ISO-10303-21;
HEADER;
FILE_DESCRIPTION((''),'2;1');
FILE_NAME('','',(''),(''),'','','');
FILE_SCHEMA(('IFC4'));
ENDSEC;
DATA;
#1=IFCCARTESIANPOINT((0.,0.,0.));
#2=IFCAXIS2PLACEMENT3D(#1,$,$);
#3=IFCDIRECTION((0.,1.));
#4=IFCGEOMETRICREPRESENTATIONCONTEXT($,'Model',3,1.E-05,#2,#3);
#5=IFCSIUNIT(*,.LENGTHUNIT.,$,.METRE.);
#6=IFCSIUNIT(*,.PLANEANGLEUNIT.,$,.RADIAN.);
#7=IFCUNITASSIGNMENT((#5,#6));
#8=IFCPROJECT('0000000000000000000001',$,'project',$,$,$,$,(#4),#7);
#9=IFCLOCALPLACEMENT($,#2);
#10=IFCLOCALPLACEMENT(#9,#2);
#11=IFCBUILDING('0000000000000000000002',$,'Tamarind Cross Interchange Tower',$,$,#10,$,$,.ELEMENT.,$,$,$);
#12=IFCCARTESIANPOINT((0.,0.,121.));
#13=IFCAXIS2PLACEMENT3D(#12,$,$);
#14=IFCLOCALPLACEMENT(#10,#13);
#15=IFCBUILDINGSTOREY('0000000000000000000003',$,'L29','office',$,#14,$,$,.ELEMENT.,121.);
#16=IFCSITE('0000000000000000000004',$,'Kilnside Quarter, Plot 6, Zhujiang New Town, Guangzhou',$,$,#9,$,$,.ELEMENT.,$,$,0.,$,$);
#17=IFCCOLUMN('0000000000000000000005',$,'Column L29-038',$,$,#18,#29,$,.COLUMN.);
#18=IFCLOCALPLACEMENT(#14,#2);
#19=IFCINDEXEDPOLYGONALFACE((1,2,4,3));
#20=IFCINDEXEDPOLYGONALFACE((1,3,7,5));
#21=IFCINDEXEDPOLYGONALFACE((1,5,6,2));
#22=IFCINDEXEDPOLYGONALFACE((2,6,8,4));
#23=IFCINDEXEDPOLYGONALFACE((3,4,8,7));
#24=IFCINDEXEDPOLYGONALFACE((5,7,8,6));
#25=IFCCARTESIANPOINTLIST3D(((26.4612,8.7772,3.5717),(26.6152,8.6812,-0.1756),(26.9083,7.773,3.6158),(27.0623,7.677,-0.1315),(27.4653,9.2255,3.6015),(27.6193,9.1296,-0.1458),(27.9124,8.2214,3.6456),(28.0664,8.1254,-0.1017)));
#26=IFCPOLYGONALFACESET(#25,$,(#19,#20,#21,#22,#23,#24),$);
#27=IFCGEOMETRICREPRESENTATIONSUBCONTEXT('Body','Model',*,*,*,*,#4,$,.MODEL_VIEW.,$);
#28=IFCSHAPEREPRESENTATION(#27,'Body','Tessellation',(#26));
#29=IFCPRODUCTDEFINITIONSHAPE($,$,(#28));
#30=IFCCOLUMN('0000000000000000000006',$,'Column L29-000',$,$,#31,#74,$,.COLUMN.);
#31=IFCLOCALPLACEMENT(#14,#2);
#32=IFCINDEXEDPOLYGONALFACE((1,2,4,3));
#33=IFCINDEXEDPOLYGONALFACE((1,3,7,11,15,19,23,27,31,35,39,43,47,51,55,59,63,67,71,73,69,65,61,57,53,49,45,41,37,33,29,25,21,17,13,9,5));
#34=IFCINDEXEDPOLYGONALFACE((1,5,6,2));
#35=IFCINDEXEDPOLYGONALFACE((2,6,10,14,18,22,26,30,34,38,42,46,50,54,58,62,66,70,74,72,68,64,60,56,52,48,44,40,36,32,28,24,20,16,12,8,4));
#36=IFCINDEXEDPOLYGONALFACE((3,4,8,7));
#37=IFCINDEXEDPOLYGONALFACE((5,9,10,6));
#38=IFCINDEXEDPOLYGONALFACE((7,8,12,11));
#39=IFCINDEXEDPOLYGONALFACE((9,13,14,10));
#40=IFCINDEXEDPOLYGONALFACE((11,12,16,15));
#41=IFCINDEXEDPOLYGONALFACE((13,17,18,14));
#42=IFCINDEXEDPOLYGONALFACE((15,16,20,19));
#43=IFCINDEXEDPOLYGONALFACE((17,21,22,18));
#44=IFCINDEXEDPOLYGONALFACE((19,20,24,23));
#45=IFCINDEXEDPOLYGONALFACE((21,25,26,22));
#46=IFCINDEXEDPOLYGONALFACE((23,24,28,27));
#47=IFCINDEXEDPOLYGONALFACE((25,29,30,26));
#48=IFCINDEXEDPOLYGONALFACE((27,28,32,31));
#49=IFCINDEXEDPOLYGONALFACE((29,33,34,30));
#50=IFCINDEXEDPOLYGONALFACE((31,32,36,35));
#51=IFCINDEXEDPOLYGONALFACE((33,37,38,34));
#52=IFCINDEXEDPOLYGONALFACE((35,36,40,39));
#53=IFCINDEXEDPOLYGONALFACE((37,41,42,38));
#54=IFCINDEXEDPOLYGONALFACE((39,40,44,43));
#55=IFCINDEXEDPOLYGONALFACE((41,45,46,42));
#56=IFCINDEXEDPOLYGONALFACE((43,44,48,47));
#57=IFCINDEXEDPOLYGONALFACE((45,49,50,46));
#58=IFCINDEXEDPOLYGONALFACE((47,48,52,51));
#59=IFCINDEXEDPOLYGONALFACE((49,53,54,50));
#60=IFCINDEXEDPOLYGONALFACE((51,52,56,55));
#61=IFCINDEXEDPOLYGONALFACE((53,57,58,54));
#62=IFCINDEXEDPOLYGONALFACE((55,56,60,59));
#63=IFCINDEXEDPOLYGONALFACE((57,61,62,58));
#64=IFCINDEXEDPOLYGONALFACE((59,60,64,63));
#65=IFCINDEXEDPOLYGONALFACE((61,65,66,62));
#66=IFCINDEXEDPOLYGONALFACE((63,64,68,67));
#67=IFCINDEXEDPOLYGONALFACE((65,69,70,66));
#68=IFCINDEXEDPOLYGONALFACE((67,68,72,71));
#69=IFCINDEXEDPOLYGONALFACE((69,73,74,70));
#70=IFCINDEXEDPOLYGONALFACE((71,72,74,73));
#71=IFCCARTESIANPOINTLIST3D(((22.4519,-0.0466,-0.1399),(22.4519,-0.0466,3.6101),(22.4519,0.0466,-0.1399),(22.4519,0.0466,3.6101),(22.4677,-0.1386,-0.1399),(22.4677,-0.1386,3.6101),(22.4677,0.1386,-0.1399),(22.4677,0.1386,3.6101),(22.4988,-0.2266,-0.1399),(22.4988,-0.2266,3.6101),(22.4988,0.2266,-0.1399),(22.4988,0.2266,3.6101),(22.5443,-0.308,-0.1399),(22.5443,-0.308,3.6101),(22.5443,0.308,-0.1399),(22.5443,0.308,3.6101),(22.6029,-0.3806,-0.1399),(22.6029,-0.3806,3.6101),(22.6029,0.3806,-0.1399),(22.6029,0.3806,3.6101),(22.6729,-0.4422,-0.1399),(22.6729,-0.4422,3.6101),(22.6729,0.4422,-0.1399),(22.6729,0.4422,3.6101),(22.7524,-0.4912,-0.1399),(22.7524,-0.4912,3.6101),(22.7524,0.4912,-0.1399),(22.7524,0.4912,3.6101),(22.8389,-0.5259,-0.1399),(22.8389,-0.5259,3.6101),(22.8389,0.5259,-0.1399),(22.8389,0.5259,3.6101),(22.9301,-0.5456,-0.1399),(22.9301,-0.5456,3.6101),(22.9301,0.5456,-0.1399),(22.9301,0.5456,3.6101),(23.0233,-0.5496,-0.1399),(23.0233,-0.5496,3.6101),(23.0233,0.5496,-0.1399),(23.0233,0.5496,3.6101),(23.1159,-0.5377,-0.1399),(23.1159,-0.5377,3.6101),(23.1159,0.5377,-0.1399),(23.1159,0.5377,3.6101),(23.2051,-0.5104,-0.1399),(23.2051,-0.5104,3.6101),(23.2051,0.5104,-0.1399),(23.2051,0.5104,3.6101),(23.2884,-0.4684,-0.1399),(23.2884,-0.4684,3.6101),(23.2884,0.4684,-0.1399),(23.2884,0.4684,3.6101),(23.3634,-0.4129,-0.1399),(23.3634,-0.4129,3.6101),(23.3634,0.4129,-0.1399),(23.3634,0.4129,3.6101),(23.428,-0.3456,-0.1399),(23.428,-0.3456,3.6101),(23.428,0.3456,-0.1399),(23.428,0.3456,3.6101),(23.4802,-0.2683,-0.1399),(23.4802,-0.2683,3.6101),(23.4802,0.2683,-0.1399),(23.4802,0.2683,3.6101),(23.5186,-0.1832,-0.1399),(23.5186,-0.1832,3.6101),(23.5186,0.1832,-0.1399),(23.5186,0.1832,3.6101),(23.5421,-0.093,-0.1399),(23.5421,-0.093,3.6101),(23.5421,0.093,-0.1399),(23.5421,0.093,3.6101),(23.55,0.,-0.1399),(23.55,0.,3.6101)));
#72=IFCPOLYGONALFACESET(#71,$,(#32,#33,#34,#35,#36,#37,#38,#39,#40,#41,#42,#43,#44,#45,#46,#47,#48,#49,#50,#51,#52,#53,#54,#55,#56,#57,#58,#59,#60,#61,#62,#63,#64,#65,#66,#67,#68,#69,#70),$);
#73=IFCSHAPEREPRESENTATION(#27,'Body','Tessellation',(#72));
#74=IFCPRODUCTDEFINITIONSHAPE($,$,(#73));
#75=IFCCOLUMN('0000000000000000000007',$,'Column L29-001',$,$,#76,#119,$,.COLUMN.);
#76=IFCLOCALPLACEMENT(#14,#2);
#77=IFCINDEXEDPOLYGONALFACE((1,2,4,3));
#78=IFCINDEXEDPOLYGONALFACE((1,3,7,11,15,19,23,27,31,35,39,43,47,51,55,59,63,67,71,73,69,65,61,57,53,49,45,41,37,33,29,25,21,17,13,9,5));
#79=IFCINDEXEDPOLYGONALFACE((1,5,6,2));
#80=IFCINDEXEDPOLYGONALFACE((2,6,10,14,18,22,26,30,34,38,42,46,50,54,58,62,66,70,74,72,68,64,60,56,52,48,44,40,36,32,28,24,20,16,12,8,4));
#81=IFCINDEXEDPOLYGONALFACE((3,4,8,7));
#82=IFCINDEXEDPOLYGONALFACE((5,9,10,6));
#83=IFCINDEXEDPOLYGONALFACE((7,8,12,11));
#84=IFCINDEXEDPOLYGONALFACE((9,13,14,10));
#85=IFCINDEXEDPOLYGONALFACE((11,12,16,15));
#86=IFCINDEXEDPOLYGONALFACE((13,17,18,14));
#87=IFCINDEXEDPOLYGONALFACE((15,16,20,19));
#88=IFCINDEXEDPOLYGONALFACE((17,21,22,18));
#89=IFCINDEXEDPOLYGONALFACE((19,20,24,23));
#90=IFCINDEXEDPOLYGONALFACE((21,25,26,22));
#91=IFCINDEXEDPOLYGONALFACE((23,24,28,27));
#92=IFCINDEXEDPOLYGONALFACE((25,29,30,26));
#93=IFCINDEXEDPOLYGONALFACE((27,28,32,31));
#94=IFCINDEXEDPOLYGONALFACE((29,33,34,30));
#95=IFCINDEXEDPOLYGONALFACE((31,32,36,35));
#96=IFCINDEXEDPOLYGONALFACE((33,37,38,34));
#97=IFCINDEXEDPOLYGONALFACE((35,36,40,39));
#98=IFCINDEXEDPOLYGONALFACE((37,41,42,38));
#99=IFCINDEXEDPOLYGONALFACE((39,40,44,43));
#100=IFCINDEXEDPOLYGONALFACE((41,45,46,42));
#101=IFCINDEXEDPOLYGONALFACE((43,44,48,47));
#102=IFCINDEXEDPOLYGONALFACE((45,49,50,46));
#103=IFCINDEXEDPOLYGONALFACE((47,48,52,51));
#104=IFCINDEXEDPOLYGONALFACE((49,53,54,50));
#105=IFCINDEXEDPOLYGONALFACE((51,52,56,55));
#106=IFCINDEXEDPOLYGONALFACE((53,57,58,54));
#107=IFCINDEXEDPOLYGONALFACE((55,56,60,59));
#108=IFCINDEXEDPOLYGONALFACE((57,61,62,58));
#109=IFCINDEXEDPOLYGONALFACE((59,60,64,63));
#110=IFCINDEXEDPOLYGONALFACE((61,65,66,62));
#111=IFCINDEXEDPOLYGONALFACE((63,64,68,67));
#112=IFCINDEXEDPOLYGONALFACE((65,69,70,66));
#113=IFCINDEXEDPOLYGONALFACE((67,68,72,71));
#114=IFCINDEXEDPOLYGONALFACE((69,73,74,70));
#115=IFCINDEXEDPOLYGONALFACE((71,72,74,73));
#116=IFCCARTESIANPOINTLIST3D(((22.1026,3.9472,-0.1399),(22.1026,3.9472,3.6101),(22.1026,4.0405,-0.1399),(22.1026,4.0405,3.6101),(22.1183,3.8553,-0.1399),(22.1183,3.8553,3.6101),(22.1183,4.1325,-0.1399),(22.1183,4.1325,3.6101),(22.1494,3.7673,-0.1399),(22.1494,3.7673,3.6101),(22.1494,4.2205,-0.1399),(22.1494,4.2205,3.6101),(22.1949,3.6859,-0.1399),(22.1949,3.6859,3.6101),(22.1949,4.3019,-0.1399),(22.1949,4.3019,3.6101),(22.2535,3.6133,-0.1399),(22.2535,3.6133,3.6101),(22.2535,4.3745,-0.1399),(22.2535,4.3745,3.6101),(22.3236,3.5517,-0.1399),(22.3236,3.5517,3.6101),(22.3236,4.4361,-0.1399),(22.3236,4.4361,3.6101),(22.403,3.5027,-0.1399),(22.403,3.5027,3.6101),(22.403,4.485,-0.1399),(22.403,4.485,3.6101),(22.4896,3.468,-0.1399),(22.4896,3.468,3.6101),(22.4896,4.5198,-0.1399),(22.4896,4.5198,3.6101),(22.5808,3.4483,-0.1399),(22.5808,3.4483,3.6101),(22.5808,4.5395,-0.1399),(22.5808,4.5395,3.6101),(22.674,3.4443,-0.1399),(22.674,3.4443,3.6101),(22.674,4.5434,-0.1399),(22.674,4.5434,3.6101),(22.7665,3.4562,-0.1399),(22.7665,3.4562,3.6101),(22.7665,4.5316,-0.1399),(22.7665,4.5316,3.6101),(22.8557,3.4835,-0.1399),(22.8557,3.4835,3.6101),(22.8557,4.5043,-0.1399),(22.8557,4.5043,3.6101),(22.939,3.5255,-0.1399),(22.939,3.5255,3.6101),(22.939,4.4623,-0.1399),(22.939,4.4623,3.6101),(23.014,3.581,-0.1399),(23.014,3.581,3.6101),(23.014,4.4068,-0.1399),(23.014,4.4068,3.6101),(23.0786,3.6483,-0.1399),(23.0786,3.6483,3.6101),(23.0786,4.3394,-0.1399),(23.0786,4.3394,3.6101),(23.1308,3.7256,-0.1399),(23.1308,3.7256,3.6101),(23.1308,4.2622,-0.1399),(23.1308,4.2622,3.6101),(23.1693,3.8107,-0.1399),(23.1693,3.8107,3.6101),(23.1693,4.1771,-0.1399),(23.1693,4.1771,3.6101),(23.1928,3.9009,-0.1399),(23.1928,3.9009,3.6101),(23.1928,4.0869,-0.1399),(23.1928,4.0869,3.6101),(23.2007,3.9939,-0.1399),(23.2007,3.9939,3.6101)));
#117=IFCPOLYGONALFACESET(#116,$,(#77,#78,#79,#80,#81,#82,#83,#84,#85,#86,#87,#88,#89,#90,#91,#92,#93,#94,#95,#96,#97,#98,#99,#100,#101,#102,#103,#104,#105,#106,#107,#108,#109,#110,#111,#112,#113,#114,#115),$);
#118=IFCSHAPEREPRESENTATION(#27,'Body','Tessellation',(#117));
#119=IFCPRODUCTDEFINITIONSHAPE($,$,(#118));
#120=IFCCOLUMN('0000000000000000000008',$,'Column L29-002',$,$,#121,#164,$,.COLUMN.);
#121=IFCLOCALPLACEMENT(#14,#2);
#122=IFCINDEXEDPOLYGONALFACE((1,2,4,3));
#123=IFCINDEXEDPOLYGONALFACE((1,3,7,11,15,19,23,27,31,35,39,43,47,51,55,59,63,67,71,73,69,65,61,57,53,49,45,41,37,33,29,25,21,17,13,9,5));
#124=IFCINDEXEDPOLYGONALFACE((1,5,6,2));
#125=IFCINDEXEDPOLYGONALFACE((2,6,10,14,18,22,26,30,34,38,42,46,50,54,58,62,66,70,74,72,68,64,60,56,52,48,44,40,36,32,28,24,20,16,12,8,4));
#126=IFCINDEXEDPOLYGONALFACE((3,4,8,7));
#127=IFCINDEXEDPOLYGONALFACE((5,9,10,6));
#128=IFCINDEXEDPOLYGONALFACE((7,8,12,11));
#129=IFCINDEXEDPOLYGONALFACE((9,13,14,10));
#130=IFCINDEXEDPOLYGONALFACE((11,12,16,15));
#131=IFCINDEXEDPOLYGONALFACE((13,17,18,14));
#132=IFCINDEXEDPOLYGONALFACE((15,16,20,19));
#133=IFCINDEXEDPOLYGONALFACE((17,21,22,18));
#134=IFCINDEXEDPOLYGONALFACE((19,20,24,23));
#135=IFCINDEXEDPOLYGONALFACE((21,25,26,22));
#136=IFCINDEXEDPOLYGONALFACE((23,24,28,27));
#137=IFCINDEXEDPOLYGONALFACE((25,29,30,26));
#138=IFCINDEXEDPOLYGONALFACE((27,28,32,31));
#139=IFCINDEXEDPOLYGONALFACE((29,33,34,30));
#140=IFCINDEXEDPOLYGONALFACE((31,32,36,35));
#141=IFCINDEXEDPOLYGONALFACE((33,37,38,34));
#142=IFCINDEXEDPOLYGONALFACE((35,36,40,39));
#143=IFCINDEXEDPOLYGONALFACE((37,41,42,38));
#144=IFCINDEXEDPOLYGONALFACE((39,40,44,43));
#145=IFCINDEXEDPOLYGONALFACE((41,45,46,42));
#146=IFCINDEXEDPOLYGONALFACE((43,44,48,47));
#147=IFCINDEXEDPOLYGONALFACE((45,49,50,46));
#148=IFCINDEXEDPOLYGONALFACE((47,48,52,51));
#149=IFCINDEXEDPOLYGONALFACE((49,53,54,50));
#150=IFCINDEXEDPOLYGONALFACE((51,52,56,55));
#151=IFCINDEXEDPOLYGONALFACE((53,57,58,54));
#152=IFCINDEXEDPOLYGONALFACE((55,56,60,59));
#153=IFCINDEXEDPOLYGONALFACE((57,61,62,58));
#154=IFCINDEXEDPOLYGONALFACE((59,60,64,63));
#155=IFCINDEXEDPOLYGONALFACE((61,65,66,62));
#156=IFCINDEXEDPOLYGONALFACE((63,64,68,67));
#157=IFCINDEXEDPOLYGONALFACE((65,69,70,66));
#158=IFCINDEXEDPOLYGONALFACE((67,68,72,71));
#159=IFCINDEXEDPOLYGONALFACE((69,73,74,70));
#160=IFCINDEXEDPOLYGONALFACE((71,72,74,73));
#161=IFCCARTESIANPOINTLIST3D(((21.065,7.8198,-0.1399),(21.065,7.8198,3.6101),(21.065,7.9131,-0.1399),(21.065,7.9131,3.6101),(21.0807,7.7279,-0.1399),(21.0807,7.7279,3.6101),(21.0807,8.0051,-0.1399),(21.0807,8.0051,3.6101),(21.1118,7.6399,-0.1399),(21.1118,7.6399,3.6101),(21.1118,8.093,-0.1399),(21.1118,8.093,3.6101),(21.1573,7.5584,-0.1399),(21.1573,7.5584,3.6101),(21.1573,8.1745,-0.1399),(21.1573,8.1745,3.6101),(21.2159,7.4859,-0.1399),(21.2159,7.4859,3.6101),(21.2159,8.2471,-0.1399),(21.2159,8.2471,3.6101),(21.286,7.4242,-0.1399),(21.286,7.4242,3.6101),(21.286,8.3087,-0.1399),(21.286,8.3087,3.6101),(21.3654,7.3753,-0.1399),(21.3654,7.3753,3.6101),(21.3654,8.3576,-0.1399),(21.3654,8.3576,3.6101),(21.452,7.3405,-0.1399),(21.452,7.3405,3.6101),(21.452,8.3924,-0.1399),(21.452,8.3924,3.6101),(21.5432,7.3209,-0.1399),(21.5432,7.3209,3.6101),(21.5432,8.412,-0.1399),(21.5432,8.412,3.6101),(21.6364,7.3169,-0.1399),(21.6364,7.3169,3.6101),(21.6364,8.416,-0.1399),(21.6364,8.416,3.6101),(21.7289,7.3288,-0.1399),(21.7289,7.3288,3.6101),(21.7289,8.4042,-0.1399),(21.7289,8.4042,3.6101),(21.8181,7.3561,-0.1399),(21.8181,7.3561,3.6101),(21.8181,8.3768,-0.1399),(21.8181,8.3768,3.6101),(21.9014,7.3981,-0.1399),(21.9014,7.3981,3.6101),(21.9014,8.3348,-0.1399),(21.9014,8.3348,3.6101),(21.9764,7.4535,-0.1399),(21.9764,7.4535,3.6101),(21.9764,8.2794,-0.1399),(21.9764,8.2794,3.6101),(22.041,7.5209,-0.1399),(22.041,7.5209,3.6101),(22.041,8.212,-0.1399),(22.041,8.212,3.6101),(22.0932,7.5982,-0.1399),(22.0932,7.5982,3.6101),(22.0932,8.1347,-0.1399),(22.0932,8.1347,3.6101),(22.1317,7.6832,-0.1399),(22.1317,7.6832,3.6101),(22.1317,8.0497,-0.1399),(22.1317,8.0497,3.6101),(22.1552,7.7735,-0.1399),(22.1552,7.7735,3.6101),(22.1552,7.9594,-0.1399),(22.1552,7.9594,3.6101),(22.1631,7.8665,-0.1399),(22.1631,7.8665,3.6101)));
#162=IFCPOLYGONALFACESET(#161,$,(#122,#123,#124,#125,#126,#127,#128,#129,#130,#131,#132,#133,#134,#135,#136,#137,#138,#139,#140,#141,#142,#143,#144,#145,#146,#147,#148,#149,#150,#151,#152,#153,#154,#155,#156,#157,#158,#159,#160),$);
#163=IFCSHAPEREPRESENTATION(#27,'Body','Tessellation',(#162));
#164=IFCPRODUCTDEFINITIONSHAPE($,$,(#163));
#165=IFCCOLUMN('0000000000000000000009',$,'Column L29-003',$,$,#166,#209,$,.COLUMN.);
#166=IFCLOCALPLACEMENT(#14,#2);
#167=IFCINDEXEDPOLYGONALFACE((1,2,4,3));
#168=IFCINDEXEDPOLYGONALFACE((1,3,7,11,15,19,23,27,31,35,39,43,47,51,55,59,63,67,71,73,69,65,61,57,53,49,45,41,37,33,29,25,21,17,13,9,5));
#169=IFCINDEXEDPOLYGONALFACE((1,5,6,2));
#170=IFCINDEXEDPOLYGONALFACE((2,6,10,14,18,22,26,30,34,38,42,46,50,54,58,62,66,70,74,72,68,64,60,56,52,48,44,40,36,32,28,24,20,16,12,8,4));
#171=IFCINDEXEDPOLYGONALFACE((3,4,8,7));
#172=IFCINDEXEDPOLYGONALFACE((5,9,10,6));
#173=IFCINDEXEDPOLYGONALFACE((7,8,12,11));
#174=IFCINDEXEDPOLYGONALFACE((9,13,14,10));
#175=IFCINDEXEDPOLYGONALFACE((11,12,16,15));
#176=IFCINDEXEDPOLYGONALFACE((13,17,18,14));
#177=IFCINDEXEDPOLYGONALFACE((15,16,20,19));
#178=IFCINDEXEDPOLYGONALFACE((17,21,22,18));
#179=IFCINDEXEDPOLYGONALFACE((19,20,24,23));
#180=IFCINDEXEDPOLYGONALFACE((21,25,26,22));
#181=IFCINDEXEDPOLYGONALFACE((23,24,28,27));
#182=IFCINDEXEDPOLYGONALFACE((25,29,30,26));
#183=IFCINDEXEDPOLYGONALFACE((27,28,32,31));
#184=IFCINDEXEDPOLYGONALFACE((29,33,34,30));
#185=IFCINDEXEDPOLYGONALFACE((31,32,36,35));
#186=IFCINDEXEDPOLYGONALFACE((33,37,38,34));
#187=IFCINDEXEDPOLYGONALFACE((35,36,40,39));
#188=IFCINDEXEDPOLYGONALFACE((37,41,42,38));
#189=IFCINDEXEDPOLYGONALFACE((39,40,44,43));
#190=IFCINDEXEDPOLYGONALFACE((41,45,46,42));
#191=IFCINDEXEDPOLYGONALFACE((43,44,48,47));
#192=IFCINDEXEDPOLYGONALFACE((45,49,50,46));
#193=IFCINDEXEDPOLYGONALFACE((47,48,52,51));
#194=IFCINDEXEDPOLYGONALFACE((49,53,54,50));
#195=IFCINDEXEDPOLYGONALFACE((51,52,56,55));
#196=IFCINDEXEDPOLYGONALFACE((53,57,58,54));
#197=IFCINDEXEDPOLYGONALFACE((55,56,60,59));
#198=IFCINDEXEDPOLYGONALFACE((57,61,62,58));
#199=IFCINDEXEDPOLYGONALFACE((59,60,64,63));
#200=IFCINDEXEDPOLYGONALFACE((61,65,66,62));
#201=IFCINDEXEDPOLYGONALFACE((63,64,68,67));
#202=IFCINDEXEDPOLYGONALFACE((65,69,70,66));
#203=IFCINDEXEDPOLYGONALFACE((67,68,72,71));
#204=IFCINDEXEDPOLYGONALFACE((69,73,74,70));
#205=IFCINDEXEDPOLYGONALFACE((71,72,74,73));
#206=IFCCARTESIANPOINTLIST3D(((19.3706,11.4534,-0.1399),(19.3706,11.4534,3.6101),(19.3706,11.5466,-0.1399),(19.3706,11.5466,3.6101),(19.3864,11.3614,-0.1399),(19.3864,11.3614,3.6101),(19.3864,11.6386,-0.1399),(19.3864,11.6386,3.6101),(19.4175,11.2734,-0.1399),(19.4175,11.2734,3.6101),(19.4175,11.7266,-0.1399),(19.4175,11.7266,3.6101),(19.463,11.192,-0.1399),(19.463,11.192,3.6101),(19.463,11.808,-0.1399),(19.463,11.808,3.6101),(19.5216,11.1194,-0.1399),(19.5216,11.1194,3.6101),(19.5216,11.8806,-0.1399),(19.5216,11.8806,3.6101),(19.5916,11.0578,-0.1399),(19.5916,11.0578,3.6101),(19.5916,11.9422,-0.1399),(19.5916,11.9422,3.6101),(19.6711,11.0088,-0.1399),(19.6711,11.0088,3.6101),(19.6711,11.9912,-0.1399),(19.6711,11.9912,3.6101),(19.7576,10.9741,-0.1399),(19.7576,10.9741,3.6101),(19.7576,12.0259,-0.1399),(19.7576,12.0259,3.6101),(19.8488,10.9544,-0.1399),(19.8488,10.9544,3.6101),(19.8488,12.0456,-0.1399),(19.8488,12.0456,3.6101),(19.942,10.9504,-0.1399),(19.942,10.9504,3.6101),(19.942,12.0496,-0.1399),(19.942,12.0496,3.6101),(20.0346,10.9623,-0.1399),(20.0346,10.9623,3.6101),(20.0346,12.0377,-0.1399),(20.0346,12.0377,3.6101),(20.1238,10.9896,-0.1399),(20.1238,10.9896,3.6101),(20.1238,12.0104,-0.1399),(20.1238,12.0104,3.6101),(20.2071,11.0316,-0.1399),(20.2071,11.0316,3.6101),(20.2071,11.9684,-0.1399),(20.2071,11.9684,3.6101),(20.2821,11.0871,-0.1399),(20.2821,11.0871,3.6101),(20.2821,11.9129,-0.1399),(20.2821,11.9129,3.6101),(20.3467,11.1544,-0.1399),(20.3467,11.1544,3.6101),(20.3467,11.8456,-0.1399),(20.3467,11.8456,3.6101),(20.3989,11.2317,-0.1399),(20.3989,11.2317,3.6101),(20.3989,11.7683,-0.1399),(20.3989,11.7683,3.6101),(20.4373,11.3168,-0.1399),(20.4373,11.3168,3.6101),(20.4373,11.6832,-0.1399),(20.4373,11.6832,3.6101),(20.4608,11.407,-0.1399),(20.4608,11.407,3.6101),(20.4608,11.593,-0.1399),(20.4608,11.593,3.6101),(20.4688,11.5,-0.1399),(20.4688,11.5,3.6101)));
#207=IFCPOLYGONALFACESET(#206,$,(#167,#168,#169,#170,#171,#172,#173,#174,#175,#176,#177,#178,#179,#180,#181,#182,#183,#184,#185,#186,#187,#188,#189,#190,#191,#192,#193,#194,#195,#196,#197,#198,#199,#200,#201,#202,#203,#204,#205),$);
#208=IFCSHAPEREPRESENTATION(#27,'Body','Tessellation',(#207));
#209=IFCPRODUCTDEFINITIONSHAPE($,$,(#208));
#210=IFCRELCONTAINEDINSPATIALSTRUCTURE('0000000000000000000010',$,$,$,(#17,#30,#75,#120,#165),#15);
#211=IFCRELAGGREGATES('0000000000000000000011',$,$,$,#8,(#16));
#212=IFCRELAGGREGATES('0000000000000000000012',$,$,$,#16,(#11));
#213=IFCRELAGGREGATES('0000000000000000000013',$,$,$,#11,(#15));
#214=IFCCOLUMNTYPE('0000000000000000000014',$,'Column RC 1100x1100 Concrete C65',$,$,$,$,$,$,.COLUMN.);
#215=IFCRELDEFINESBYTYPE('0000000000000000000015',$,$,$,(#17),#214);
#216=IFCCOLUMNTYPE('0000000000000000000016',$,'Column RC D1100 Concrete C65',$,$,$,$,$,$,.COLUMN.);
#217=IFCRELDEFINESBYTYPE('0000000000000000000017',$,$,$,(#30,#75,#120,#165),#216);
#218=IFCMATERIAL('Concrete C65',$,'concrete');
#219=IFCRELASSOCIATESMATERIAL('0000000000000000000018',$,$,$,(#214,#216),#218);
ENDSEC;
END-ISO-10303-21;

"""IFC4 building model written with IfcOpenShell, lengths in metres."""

from ifc_helpers import new_model, si_unit, direction, frame, origin, origin_2d, place, context, subcontext, project, spatial, rectangle, circle, extrude, material, material_profile, profile_set, type_object, element, save


model = new_model("IFC4")

# Units and contexts
model_context = context("Model", 3, precision=1e-05, world=origin(), true_north=direction((0.0, 1.0)))
body_context = subcontext(model_context, "Body", "Model", "MODEL_VIEW")
ifc_project = project(units=[si_unit("LENGTHUNIT", "METRE"), si_unit("PLANEANGLEUNIT", "RADIAN")], contexts=[model_context])

# Site, building, storey
site_placement = place(None, origin())
site = spatial("IfcSite", under=ifc_project, at=site_placement, Name="Kilnside Quarter, Plot 6, Zhujiang New Town, Guangzhou", CompositionType="ELEMENT", RefElevation=0.0)
building_placement = place(site_placement, origin())
building = spatial("IfcBuilding", under=site, at=building_placement, Name="Tamarind Cross Interchange Tower", CompositionType="ELEMENT")
storey_placement = place(building_placement, frame((0.0, 0.0, 121.0)))
storey = spatial("IfcBuildingStorey", under=building, at=storey_placement, Name="L29", Description="office", CompositionType="ELEMENT", Elevation=121.0)

# Columns
ifc_material_1 = material(Name="Concrete C65", Category="concrete")
ifc_material_profile_1 = material_profile(ifc_material_1, rectangle(XDim=1.1001, YDim=1.1001, at=origin_2d()), Name="RC 1100x1100")
ifc_profile_set_1 = profile_set([ifc_material_profile_1], Name="Concrete C65")
column_type_1 = type_object("IfcColumnType", Name="Column RC 1100x1100 Concrete C65", PredefinedType="COLUMN", material=ifc_profile_set_1)
column_placement = place(storey_placement, frame((27.3408, 8.4033, -0.1387), z_axis=(-0.041062, 0.025574, 0.998829), x_axis=(0.406417, -0.912808, 0.04008)))
element("IfcColumn", 1, at=column_placement, inside=storey, type_object=column_type_1, Name="Column L29-038", PredefinedType="COLUMN", context=body_context, shape_type="SweptSolid", body=[
    extrude(rectangle(XDim=1.1001, YDim=1.1001, at=origin_2d()), origin(), (0.0, 0.0, 1.0), 3.7517),
])
ifc_material_profile_2 = material_profile(ifc_material_1, circle(Radius=0.55, at=origin_2d()), Name="RC D1100")
ifc_profile_set_2 = profile_set([ifc_material_profile_2], Name="Concrete C65")
column_type_2 = type_object("IfcColumnType", Name="Column RC D1100 Concrete C65", PredefinedType="COLUMN", material=ifc_profile_set_2)
for number, where, z_axis, x_axis, name in (
    (2, (23.0, 0.0, -0.1399), (0.0, 0.0, 1.0), (1.0, 0.0, 0.0), "Column L29-000"),
    (3, (22.6506, 3.9939, -0.1399), (0.0, 0.0, 1.0), (1.0, 0.0, 0.0), "Column L29-001"),
    (4, (21.613, 7.8665, -0.1399), (0.0, 0.0, 1.0), (1.0, 0.0, 0.0), "Column L29-002"),
    (5, (19.9187, 11.5, -0.1399), (0.0, 0.0, 1.0), (1.0, 0.0, 0.0), "Column L29-003"),
):
    element("IfcColumn", number, at=place(storey_placement, frame(where, z_axis=z_axis, x_axis=x_axis)), inside=storey, type_object=column_type_2, Name=name, PredefinedType="COLUMN", context=body_context, shape_type="SweptSolid", body=[
        extrude(circle(Radius=0.55, at=origin_2d()), origin(), (0.0, 0.0, 1.0), 3.75),
    ])

save(model, "model.ifc")
